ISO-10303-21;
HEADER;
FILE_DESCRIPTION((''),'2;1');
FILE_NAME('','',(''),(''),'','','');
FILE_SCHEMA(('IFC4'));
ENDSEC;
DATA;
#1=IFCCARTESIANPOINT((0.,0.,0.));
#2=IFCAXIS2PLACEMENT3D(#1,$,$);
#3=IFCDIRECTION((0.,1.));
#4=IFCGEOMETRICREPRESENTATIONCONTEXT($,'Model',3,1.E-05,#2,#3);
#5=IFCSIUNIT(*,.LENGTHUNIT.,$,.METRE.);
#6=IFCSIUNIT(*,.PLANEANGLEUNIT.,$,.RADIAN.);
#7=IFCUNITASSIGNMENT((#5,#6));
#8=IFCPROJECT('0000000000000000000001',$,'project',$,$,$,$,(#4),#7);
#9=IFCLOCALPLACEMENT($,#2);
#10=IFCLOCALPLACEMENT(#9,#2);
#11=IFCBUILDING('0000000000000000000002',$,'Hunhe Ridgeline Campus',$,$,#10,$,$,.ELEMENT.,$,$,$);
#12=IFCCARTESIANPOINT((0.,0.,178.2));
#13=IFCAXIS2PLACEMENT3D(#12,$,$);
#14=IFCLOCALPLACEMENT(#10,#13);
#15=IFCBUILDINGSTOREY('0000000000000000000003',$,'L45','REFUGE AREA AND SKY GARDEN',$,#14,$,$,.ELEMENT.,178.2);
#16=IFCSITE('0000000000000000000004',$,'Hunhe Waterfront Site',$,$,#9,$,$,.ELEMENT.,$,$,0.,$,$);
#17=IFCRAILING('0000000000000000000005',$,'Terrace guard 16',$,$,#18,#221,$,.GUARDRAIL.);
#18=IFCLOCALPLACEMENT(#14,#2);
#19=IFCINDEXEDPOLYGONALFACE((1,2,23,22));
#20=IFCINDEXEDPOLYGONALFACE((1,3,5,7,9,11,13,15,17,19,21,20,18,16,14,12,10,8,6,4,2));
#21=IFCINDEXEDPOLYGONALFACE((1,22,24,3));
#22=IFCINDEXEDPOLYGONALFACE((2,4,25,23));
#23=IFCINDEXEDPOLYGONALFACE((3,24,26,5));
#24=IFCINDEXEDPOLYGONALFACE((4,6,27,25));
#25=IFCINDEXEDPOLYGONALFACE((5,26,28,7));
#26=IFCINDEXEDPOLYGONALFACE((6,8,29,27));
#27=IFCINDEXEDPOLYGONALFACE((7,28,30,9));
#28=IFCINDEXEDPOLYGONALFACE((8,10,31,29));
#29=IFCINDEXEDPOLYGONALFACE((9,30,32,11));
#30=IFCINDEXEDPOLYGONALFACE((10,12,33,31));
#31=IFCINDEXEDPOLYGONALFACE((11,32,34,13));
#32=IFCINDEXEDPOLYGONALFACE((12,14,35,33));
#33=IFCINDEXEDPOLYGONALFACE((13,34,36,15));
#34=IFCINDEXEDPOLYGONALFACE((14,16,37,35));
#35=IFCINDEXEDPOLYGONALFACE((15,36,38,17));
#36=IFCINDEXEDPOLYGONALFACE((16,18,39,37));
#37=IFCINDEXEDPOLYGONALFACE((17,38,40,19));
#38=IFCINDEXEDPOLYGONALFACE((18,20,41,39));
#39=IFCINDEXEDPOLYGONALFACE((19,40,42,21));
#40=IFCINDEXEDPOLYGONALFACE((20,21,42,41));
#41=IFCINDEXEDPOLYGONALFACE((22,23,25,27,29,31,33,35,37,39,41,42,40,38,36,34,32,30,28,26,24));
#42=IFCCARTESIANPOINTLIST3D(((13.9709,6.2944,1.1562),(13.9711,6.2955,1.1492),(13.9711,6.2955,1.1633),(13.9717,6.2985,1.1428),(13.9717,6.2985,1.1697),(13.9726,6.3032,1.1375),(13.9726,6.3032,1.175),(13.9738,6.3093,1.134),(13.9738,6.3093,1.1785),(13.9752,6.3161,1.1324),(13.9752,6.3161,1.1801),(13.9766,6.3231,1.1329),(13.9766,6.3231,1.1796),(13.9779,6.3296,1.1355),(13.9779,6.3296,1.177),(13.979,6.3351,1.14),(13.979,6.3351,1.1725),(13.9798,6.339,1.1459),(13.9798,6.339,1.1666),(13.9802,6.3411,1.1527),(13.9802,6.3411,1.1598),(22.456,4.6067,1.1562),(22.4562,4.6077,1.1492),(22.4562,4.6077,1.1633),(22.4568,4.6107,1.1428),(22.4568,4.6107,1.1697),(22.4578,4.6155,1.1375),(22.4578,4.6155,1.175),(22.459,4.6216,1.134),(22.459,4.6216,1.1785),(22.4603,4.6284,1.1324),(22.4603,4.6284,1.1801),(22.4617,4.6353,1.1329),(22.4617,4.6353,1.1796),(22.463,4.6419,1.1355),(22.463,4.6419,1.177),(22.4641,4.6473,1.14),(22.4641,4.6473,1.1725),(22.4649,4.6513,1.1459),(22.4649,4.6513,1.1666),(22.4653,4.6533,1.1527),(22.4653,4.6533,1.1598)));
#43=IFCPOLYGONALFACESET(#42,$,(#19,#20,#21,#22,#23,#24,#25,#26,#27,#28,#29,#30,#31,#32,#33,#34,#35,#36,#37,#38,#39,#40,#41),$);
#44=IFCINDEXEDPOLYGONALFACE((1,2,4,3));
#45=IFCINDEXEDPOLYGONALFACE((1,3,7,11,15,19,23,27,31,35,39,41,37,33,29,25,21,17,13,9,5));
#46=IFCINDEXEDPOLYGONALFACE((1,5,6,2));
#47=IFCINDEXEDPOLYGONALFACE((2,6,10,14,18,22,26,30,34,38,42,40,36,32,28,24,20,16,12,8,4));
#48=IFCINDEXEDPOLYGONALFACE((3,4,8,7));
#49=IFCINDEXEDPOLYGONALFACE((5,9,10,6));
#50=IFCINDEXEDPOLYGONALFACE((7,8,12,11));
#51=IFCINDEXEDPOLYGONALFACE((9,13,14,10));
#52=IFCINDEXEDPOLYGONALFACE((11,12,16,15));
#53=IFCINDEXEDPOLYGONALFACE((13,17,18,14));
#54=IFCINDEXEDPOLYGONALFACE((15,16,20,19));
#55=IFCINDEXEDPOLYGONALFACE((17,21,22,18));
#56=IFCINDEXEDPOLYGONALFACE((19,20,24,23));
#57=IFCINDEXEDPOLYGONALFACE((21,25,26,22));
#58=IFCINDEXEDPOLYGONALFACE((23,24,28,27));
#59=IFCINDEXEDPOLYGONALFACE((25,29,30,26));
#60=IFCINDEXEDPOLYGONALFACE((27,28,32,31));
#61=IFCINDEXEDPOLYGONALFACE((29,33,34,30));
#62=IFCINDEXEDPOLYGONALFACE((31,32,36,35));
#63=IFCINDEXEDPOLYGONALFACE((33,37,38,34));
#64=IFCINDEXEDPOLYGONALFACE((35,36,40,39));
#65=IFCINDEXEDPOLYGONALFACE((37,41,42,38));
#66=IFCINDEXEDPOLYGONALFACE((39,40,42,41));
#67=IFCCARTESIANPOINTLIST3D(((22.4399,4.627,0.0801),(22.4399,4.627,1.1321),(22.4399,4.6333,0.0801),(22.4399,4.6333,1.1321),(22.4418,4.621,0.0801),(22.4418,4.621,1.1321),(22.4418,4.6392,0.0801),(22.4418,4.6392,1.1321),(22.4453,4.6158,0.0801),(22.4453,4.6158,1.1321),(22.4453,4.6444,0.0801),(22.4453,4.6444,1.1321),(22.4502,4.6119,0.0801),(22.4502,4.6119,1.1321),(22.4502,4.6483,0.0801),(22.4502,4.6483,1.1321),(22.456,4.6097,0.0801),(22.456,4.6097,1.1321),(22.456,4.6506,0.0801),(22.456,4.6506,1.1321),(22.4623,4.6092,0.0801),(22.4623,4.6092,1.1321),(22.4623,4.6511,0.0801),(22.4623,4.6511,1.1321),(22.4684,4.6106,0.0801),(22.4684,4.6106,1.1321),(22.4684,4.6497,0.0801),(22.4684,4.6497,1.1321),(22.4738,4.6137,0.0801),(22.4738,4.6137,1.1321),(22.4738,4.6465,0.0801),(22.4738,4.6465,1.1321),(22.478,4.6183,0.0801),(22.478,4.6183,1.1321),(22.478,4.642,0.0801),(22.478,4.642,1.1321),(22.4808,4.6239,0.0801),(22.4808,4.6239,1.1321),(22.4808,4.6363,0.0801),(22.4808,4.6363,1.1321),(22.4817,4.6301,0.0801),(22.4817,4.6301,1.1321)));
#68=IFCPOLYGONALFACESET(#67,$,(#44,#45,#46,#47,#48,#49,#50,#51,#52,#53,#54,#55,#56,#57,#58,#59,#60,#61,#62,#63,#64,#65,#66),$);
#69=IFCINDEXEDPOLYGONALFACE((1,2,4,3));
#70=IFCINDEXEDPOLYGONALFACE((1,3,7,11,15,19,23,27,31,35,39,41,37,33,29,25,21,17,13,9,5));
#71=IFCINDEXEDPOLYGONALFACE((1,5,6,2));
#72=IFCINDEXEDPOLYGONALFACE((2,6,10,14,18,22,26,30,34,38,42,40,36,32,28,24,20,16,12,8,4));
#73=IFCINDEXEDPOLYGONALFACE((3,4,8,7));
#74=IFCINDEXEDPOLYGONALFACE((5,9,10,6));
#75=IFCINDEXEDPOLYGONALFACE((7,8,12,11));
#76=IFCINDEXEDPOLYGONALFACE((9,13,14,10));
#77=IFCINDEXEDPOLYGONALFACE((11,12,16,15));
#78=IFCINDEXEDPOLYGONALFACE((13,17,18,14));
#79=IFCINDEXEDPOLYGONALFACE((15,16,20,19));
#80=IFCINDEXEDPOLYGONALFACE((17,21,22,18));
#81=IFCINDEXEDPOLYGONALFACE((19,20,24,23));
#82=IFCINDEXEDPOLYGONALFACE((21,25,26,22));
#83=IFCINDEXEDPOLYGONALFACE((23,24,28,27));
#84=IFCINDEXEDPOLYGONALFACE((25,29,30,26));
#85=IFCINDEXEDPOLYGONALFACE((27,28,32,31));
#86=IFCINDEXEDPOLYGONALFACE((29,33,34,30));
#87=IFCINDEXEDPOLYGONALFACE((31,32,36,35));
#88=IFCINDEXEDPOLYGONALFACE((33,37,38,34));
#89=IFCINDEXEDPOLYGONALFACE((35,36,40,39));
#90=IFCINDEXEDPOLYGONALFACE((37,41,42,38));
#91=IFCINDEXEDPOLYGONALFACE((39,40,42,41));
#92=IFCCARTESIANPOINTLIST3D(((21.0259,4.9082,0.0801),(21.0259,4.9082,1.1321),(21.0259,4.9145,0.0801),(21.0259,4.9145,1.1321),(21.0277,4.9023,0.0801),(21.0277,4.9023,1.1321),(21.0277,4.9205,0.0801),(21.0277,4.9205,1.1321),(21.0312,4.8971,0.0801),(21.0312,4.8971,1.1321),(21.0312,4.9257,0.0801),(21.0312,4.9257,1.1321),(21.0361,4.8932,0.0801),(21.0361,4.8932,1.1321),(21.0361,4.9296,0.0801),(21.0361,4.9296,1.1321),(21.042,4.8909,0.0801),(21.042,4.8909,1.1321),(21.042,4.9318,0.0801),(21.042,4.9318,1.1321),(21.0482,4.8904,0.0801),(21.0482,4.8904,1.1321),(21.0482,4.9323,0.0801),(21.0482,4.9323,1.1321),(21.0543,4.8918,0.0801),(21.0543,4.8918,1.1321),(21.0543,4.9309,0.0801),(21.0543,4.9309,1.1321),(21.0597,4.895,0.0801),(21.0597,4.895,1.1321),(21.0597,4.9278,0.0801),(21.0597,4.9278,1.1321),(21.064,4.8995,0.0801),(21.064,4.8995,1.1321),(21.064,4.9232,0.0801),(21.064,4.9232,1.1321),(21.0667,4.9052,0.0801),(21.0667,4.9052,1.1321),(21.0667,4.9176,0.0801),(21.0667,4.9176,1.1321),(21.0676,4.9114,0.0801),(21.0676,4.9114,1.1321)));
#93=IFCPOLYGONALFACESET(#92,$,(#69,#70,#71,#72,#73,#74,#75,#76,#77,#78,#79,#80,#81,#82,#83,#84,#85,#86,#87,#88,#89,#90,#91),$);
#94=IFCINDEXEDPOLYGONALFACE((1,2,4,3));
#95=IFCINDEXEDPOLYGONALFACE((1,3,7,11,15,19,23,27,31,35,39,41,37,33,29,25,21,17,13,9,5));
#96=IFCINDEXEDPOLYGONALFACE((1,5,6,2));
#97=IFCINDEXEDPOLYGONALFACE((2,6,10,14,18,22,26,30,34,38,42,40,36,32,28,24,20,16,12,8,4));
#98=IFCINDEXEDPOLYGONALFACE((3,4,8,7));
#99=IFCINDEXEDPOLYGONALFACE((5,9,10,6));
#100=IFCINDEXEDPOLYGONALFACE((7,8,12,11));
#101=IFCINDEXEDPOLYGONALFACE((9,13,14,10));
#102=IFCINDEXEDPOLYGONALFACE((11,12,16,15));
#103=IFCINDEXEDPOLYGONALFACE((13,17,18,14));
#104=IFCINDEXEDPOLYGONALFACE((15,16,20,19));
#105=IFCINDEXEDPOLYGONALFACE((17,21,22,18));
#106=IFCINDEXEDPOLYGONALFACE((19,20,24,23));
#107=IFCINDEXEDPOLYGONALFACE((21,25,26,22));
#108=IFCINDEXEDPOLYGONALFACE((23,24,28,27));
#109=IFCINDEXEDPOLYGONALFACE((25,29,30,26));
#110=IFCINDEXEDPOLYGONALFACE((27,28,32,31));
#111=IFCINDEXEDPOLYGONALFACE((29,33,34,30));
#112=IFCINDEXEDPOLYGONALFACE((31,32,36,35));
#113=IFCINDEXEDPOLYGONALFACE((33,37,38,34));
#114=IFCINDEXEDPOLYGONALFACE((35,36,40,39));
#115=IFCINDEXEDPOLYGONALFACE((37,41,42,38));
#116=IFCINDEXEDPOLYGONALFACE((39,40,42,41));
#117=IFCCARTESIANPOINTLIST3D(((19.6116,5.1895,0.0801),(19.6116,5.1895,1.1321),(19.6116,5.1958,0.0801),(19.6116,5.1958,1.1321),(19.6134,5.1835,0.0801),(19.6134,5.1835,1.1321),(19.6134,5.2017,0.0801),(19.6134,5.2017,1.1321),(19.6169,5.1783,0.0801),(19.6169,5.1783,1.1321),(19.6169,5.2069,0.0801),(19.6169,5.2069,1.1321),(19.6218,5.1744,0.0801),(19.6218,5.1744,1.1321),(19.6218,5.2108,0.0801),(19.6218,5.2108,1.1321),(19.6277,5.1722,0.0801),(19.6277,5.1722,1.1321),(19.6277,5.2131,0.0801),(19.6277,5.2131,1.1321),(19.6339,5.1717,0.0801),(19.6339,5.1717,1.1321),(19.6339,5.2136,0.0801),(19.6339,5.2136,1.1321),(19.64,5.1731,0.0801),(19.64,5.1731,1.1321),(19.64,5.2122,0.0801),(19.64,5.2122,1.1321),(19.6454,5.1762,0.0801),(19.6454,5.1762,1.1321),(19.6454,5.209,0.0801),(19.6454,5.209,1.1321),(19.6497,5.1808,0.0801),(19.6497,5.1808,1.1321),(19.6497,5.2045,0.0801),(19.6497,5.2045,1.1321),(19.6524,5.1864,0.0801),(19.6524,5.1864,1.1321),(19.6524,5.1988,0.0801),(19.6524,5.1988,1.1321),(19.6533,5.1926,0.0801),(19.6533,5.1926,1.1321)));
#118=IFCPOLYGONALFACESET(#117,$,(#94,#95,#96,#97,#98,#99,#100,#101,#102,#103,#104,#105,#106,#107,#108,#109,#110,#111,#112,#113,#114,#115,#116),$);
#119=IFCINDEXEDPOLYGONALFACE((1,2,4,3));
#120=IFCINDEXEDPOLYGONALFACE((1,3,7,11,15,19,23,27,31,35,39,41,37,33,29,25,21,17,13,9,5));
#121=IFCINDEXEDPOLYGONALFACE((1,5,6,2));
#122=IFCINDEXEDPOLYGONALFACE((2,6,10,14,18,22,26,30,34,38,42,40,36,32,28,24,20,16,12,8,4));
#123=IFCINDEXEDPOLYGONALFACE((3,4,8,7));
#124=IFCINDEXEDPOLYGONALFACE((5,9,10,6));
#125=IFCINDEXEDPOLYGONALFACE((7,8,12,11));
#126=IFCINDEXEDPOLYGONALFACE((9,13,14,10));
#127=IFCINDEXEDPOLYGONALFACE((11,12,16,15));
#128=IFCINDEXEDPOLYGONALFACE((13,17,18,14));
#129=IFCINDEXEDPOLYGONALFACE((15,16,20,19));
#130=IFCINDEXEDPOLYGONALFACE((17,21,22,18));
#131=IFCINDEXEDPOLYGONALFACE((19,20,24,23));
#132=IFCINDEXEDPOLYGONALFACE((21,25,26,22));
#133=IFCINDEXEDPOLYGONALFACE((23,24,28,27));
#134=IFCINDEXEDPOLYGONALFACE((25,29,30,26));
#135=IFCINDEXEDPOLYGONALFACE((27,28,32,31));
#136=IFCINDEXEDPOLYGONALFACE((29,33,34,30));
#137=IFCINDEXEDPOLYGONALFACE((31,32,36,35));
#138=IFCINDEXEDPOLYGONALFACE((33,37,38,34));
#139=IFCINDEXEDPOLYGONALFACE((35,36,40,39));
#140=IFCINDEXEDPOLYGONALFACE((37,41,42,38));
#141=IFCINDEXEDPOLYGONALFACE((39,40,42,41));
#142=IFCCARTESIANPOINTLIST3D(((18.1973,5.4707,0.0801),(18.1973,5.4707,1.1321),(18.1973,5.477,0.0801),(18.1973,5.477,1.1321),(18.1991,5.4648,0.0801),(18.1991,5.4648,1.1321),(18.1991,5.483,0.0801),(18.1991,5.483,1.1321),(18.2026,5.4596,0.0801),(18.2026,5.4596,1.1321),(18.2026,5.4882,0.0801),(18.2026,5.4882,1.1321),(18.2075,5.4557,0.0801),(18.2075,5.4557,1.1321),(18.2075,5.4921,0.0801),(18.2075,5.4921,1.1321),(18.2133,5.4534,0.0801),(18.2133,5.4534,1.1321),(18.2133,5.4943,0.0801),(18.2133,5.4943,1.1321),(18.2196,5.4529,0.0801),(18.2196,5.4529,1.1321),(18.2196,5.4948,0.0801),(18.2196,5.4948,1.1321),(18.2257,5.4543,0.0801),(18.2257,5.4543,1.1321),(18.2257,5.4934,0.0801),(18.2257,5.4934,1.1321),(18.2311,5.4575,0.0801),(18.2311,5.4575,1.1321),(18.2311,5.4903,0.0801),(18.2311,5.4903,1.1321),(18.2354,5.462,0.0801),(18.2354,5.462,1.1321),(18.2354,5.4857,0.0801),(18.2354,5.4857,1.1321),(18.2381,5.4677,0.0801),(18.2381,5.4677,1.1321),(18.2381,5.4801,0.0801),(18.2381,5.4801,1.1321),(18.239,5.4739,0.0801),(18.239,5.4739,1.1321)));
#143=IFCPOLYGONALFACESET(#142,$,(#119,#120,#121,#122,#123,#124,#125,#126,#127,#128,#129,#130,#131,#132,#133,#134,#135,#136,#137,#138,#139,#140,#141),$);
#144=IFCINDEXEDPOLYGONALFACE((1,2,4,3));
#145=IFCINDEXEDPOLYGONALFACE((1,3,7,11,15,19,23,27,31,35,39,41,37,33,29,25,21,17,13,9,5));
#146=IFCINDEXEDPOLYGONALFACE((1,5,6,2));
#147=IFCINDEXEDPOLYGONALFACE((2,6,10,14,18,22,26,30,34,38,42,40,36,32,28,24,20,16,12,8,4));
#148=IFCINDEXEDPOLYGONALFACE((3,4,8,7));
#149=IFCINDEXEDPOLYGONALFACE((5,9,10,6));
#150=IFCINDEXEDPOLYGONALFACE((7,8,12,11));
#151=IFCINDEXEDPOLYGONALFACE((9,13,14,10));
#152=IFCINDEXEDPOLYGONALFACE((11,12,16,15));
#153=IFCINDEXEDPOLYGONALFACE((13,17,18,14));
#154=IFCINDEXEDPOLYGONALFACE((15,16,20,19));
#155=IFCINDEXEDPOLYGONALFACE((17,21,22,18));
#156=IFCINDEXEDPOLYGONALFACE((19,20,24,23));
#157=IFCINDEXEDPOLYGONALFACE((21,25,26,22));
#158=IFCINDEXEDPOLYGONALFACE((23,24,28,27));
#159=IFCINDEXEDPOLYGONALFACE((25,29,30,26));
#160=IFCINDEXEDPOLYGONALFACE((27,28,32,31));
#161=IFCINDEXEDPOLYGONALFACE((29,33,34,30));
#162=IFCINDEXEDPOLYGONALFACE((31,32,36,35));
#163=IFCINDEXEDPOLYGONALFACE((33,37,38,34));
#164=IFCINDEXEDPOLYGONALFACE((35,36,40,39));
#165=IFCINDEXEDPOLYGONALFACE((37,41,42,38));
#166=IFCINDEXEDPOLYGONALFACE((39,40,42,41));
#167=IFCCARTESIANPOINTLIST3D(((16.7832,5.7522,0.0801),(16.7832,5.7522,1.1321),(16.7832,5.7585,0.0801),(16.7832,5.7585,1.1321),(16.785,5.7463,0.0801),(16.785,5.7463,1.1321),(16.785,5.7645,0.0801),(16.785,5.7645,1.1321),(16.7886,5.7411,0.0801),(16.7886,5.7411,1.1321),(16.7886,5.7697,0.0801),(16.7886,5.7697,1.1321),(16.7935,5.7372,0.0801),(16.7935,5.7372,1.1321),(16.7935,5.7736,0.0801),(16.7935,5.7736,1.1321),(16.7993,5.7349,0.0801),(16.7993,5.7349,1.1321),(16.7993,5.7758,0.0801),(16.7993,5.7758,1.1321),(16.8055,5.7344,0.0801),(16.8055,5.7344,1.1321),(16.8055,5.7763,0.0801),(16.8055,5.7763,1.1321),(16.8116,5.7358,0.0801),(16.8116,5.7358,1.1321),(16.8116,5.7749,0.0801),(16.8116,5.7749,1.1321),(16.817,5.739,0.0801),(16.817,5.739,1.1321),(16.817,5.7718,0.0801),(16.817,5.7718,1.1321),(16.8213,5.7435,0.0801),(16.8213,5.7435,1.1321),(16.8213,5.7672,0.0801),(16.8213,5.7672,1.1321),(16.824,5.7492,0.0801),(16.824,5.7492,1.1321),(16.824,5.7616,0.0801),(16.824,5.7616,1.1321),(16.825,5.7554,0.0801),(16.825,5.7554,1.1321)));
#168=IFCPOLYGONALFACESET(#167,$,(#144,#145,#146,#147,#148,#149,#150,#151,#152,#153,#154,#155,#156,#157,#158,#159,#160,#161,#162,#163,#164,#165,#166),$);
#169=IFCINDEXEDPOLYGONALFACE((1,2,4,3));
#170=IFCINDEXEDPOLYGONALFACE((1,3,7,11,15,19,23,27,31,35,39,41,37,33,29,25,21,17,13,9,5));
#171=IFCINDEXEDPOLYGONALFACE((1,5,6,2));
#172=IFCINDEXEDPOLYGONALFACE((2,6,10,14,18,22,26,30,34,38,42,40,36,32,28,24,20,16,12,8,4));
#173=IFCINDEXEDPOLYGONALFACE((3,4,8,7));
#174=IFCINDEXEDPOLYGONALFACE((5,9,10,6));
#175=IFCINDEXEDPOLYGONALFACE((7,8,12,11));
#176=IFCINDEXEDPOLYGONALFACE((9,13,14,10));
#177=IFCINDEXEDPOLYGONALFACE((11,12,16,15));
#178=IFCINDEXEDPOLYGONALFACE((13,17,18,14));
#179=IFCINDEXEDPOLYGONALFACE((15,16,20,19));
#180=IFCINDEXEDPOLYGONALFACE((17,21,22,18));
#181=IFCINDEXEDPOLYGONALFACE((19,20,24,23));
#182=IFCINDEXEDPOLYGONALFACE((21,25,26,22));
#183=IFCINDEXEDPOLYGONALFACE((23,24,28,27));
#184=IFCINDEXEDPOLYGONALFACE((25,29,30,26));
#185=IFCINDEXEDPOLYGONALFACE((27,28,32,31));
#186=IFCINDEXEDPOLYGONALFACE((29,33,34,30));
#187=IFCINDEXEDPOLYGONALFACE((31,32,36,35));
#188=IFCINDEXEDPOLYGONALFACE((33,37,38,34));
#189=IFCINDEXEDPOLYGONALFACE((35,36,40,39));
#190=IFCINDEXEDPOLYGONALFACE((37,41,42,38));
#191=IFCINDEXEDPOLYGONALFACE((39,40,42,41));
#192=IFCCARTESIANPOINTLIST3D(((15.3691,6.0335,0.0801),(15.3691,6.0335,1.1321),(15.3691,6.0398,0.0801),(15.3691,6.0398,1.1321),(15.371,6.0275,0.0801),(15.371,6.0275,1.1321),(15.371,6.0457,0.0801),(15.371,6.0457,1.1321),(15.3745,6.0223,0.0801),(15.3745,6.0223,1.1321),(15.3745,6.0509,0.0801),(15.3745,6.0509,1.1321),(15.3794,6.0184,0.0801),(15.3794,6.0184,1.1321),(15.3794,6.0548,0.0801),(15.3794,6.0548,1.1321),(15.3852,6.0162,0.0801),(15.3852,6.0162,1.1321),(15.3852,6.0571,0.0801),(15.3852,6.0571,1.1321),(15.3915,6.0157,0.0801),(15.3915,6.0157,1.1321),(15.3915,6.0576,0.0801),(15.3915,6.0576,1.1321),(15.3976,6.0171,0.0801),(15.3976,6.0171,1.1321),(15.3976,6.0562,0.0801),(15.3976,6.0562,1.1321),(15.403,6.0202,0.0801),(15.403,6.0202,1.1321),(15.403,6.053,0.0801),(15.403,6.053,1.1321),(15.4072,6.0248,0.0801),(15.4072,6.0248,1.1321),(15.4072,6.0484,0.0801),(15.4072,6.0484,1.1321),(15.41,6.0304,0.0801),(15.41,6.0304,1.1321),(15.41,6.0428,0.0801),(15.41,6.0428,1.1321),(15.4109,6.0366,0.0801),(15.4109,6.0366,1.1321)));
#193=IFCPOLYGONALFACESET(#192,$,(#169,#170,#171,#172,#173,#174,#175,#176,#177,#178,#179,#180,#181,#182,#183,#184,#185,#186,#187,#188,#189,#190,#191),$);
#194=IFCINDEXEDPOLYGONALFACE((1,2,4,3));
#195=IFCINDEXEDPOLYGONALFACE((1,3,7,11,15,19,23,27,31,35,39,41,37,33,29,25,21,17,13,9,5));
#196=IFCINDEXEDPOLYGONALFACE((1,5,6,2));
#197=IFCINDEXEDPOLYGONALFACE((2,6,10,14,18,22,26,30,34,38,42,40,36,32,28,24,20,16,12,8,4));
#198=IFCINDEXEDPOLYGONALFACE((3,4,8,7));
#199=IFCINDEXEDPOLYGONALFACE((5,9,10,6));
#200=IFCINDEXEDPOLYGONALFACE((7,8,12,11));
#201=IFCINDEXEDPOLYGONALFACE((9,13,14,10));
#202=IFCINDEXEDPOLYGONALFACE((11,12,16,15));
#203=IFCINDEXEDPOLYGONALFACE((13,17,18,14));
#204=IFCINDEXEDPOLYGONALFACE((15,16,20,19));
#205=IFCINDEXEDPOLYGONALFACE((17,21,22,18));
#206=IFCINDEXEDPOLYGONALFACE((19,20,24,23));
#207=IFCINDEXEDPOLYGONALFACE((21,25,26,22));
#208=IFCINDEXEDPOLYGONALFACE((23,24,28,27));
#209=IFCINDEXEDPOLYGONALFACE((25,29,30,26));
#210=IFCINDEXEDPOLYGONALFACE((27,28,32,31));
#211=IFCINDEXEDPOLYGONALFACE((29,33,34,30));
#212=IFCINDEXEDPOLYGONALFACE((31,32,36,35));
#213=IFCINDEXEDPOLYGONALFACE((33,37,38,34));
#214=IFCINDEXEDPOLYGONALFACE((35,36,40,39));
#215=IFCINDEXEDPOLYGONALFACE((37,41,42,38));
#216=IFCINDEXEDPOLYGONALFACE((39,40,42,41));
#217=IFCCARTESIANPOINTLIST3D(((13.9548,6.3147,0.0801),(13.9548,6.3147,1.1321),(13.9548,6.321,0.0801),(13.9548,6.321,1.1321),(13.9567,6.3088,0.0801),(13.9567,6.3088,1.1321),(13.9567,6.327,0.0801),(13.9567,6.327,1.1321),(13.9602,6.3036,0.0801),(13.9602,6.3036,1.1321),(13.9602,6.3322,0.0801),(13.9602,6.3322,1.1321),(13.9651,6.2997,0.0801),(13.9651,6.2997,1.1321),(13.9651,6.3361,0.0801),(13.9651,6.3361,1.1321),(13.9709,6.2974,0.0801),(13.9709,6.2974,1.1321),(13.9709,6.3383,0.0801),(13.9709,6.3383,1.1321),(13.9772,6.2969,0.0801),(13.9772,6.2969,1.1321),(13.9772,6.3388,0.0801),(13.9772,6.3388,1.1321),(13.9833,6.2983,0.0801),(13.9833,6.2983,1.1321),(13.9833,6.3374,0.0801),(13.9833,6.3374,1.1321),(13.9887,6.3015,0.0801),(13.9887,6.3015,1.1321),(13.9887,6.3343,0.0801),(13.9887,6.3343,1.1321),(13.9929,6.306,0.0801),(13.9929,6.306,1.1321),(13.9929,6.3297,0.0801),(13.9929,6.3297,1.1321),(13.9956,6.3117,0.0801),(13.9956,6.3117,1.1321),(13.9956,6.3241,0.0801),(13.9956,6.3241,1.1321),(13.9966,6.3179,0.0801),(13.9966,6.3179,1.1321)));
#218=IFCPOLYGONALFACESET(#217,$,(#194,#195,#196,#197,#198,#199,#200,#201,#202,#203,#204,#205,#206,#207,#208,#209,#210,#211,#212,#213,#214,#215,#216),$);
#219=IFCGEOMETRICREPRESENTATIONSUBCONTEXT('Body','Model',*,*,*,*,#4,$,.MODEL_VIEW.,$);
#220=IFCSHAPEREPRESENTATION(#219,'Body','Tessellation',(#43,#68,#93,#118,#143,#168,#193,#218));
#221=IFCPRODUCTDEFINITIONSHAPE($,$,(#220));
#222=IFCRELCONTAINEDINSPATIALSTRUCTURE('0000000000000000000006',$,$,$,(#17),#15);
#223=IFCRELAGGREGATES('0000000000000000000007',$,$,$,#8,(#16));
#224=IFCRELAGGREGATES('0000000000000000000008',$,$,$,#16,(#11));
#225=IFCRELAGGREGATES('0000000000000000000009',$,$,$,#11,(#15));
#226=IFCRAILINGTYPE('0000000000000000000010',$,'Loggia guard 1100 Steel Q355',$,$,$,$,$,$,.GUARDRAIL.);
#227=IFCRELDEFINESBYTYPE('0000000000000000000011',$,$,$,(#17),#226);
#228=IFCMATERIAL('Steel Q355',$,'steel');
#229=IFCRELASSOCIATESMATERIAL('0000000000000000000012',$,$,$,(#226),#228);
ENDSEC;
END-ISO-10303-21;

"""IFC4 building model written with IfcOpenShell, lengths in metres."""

from ifc_helpers import new_model, si_unit, direction, frame, origin, origin_2d, place, context, subcontext, project, spatial, circle, extrude, material, type_object, element, save


model = new_model("IFC4")

# Units and contexts
model_context = context("Model", 3, precision=1e-05, world=origin(), true_north=direction((0.0, 1.0)))
body_context = subcontext(model_context, "Body", "Model", "MODEL_VIEW")
ifc_project = project(units=[si_unit("LENGTHUNIT", "METRE"), si_unit("PLANEANGLEUNIT", "RADIAN")], contexts=[model_context])

# Site, building, storey
site_placement = place(None, origin())
site = spatial("IfcSite", under=ifc_project, at=site_placement, Name="Hunhe Waterfront Site", CompositionType="ELEMENT", RefElevation=0.0)
building_placement = place(site_placement, origin())
building = spatial("IfcBuilding", under=site, at=building_placement, Name="Hunhe Ridgeline Campus", CompositionType="ELEMENT")
storey_placement = place(building_placement, frame((0.0, 0.0, 178.2)))
storey = spatial("IfcBuildingStorey", under=building, at=storey_placement, Name="L45", Description="REFUGE AREA AND SKY GARDEN", CompositionType="ELEMENT", Elevation=178.2)

# Railing
ifc_material_1 = material(Name="Steel Q355", Category="steel")
railing_type = type_object("IfcRailingType", Name="Loggia guard 1100 Steel Q355", PredefinedType="GUARDRAIL", material=ifc_material_1)
railing_1_placement = place(storey_placement, frame((22.4607, 4.6301, 0.0801)))
element("IfcRailing", 1, at=railing_1_placement, inside=storey, type_object=railing_type, Name="Terrace guard 16", PredefinedType="GUARDRAIL", context=body_context, shape_type="SweptSolid", body=[
    extrude(circle(Radius=0.0239, at=origin_2d()), frame((0.0, 0.0, 1.0762), z_axis=(-0.980786, 0.195085, 0.0), x_axis=(-0.195085, -0.980786, 0.0)), (0.0, 0.0, 1.0), 8.6514),
    extrude(circle(Radius=0.021, at=origin_2d()), origin(), (0.0, 0.0, 1.0), 1.052),
    extrude(circle(Radius=0.021, at=origin_2d()), frame((-1.4141, 0.2812, 0.0)), (0.0, 0.0, 1.0), 1.052),
    extrude(circle(Radius=0.021, at=origin_2d()), frame((-2.8284, 0.5625, 0.0)), (0.0, 0.0, 1.0), 1.052),
    extrude(circle(Radius=0.021, at=origin_2d()), frame((-4.2427, 0.8438, 0.0)), (0.0, 0.0, 1.0), 1.052),
    extrude(circle(Radius=0.021, at=origin_2d()), frame((-5.6567, 1.1252, 0.0)), (0.0, 0.0, 1.0), 1.052),
    extrude(circle(Radius=0.021, at=origin_2d()), frame((-7.0708, 1.4065, 0.0)), (0.0, 0.0, 1.0), 1.052),
    extrude(circle(Radius=0.021, at=origin_2d()), frame((-8.4851, 1.6877, 0.0)), (0.0, 0.0, 1.0), 1.052),
])

save(model, "model.ifc")
